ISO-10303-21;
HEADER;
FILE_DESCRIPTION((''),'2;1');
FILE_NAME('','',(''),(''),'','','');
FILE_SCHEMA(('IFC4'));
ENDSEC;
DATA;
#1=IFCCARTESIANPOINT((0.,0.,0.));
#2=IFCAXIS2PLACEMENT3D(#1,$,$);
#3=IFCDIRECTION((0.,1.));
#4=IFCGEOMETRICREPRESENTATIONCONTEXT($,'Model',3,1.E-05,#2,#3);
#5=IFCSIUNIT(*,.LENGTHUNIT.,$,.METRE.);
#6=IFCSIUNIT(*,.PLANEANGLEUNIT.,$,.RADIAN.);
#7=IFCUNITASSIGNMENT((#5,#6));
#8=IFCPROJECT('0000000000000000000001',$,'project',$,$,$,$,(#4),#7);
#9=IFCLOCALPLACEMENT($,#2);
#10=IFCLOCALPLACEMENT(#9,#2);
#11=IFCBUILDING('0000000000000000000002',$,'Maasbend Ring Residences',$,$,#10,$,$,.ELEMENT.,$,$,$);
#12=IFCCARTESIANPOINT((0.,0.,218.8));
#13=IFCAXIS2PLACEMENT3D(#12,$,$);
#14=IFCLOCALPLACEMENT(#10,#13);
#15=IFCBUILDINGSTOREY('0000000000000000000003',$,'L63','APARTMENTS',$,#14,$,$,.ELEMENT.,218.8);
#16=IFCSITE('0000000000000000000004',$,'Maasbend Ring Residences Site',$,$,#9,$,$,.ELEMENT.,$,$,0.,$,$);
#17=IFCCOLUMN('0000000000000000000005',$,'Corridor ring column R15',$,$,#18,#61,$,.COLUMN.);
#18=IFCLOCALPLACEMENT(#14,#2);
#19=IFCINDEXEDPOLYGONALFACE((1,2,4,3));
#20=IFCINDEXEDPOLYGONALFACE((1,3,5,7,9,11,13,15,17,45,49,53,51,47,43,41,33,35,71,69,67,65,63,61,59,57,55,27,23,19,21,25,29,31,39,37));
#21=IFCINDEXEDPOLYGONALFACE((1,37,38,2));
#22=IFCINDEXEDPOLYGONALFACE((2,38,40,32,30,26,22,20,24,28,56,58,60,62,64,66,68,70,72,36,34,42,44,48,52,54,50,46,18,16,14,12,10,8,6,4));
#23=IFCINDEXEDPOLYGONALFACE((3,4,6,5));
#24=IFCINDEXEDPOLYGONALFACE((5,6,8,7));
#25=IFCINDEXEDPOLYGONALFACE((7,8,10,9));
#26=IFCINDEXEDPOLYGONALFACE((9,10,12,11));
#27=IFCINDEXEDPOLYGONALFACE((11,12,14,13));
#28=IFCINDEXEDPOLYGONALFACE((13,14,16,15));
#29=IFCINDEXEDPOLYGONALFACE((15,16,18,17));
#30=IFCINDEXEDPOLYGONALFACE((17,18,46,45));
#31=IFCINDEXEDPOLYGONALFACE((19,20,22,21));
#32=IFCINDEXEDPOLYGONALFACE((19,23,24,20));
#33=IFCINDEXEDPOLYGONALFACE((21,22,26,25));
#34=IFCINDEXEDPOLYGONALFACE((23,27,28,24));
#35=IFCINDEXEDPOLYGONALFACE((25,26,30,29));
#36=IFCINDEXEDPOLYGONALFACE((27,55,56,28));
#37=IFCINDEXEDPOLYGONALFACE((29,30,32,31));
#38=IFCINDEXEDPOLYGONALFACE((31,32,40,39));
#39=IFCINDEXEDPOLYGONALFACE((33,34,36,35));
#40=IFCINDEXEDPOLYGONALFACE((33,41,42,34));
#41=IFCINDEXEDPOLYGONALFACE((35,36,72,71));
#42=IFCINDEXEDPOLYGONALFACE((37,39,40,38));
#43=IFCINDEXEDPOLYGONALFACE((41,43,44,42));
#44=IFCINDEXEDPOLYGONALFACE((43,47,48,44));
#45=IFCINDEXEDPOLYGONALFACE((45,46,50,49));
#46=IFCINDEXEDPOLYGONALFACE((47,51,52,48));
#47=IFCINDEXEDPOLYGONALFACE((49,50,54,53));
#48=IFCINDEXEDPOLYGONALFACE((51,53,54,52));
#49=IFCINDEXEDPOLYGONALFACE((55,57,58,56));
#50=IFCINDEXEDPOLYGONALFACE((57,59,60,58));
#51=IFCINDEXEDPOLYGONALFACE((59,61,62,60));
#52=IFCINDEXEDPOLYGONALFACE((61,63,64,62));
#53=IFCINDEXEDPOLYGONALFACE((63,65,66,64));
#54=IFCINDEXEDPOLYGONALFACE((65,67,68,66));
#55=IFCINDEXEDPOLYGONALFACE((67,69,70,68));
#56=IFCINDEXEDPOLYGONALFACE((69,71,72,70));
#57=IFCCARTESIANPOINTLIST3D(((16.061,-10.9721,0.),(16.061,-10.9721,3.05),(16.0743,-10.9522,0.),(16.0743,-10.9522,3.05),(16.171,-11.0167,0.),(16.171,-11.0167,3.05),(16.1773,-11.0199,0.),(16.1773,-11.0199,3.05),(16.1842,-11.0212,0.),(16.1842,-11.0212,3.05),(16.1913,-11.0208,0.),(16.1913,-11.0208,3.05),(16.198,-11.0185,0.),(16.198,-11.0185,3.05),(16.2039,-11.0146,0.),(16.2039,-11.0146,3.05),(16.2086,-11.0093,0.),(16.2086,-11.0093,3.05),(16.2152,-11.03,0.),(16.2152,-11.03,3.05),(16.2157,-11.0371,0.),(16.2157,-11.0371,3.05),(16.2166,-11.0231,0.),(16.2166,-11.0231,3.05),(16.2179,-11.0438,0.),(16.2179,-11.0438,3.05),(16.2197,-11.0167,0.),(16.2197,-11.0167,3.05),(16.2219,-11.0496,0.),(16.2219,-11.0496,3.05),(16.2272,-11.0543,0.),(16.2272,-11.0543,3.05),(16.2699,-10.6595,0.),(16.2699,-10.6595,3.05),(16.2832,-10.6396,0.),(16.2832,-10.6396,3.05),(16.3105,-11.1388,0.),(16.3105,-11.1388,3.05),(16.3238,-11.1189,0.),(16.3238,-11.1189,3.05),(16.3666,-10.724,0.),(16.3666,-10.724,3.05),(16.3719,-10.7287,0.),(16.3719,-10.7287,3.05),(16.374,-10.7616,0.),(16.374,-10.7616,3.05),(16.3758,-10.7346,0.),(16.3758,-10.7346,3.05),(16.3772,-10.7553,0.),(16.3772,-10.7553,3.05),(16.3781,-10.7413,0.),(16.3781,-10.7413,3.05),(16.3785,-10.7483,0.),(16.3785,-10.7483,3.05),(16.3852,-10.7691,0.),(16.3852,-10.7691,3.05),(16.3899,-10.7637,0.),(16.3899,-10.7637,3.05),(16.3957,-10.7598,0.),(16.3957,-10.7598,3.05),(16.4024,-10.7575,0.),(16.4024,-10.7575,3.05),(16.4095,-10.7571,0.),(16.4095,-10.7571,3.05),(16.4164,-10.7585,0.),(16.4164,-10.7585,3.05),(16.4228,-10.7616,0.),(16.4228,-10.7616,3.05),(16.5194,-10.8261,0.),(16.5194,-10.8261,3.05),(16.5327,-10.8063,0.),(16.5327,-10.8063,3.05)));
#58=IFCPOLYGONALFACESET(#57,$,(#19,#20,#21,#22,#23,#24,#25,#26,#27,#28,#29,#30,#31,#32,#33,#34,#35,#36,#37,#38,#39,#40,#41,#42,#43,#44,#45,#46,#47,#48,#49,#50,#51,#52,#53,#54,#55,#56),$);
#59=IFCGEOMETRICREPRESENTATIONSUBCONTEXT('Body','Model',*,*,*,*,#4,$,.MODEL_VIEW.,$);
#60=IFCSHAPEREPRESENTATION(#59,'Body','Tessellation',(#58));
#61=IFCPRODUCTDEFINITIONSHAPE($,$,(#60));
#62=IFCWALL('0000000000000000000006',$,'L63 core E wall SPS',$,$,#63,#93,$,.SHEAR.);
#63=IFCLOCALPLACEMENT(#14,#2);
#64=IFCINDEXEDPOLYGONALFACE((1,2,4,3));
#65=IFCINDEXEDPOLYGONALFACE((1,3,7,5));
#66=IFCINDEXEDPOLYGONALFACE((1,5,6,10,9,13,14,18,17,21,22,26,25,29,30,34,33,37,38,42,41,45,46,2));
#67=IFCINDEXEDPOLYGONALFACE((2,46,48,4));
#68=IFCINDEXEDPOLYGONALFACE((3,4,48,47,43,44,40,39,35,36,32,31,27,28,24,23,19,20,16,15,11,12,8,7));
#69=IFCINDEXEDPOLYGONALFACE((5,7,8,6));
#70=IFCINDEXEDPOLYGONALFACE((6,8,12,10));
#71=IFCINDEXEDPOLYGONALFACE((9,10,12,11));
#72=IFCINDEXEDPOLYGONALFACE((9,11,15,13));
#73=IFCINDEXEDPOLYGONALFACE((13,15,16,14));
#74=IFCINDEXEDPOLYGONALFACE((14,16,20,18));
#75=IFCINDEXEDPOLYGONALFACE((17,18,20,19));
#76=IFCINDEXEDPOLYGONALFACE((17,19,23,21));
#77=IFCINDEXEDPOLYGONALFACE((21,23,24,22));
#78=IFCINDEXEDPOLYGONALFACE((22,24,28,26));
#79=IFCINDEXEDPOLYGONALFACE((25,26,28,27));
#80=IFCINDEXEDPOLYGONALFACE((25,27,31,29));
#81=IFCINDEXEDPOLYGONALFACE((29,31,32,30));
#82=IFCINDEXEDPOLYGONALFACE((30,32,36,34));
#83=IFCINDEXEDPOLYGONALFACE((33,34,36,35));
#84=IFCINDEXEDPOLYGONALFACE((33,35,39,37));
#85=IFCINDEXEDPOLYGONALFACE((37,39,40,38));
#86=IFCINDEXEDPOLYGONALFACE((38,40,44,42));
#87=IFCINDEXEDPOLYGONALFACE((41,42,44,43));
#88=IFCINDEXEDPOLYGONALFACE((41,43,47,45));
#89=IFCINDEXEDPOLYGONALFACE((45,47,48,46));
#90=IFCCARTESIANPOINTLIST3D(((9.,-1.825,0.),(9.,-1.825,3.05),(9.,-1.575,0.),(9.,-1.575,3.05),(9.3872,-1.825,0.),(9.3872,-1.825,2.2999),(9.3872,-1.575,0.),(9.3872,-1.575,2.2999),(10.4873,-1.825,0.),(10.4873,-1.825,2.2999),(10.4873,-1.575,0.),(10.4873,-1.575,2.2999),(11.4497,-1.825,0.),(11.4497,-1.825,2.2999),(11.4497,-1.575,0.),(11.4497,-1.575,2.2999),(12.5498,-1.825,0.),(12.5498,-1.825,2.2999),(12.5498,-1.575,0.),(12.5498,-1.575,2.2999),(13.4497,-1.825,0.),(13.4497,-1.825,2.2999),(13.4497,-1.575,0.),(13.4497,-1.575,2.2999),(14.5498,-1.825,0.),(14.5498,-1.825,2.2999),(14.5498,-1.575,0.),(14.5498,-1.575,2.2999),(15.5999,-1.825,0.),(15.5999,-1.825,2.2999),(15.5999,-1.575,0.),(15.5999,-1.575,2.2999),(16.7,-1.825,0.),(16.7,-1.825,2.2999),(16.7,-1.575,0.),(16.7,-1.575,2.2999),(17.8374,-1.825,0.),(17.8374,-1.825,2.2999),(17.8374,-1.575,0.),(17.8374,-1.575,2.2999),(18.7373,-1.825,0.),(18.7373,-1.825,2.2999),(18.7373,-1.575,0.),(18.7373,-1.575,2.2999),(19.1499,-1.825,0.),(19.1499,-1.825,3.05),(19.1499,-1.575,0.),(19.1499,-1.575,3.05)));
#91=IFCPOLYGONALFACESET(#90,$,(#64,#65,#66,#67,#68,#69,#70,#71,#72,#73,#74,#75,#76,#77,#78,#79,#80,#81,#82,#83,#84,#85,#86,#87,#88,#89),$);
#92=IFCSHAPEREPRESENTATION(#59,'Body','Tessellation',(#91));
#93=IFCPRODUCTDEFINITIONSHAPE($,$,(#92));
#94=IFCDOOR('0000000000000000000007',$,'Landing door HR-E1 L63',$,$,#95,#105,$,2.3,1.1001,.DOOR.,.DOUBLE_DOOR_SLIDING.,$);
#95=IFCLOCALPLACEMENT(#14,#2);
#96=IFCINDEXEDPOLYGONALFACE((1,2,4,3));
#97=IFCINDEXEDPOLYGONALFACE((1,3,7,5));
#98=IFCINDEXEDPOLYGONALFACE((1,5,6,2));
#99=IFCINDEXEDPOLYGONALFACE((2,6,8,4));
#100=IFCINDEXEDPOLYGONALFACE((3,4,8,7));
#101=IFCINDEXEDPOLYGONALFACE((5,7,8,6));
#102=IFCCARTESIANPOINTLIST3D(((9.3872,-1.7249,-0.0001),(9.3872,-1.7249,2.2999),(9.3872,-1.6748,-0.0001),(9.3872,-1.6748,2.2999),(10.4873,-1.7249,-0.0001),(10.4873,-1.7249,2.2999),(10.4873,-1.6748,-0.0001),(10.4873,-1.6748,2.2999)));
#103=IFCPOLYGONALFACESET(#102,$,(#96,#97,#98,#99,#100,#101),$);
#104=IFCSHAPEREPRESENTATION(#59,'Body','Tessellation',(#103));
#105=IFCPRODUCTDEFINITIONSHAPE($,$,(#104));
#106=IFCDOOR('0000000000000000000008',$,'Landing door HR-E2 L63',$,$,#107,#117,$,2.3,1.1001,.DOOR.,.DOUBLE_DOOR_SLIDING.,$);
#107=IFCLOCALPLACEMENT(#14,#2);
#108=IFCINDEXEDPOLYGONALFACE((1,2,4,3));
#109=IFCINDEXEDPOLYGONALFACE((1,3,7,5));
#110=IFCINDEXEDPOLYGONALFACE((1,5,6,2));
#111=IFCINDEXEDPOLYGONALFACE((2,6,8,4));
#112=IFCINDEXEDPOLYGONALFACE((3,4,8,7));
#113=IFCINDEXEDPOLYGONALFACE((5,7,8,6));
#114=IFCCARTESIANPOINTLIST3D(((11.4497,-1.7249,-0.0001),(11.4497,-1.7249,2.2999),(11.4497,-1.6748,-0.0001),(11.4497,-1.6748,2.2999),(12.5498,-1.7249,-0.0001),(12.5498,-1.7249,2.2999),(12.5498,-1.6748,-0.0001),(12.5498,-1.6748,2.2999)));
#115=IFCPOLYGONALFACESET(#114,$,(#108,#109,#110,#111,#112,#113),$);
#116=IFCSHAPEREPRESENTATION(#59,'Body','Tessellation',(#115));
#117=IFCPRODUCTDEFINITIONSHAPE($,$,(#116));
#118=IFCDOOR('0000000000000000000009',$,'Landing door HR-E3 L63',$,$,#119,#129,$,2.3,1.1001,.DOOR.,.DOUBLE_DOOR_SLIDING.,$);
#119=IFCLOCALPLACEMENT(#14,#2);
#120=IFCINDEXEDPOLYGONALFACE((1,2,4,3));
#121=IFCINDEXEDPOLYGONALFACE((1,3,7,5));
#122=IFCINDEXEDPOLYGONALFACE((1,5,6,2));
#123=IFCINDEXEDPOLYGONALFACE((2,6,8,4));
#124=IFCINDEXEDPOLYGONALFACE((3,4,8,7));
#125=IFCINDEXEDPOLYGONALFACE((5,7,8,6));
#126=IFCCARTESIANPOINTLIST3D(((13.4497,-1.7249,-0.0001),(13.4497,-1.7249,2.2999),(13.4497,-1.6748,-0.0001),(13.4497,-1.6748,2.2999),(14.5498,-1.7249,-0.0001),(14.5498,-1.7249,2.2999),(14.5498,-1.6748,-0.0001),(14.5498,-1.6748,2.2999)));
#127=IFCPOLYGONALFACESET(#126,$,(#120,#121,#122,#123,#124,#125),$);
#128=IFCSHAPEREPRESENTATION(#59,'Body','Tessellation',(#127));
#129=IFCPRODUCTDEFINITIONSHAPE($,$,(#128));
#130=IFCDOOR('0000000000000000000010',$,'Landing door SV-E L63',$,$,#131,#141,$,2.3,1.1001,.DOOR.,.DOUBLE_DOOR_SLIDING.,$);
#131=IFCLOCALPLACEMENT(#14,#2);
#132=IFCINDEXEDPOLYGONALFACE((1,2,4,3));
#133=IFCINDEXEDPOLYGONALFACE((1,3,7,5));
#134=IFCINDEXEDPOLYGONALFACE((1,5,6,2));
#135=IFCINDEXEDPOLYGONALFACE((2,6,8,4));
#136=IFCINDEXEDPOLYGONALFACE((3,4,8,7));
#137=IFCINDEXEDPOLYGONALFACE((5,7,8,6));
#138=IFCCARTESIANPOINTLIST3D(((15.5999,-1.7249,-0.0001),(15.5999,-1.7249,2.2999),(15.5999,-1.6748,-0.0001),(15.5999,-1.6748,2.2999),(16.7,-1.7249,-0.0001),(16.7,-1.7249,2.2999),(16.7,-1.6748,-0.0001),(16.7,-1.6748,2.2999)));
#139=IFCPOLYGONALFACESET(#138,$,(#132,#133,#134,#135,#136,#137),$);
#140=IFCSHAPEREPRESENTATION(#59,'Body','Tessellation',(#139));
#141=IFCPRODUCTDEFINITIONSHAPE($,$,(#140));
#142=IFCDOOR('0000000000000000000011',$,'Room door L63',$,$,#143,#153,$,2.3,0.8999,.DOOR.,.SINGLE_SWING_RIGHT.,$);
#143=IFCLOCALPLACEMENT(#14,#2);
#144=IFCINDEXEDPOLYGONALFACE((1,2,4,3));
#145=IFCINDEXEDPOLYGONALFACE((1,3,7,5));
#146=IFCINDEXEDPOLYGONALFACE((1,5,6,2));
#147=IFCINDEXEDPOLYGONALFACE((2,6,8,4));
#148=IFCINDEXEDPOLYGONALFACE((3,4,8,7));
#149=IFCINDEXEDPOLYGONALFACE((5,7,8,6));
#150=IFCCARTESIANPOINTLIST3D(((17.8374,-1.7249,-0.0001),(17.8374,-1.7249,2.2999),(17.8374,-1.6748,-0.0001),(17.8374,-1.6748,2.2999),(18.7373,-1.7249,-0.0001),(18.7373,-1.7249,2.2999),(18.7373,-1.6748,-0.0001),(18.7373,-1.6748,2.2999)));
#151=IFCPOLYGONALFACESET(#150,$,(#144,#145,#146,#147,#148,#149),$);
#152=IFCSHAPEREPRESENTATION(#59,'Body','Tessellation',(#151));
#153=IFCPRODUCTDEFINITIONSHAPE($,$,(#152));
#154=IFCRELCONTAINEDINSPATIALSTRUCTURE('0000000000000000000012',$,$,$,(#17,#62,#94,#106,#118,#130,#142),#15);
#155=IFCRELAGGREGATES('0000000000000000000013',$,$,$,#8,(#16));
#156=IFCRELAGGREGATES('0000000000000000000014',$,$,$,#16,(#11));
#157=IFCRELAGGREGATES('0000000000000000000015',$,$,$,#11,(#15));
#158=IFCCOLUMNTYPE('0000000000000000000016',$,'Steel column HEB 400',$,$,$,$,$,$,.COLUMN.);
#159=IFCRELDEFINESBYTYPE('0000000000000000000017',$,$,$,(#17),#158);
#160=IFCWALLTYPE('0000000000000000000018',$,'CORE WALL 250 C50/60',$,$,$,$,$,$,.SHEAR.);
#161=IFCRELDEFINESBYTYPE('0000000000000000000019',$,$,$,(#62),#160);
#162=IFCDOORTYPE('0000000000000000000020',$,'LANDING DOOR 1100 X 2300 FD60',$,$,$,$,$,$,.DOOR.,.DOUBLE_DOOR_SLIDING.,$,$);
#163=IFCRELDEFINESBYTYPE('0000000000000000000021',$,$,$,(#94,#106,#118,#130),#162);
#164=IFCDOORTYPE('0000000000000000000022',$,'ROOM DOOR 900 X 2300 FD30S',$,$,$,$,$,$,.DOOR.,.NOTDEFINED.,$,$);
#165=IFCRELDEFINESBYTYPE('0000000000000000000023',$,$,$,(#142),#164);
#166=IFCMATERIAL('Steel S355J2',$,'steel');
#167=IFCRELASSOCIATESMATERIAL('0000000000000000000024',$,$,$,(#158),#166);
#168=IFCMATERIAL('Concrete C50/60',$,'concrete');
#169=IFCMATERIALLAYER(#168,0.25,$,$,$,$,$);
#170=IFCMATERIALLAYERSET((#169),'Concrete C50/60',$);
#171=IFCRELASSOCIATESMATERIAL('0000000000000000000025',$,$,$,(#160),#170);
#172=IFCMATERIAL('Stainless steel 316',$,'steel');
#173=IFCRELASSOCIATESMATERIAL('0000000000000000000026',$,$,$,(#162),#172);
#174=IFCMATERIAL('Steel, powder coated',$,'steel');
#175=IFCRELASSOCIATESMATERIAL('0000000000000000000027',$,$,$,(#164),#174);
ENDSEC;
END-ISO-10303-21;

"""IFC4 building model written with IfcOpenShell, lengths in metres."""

from ifc_helpers import new_model, si_unit, direction, frame, frame_2d, origin, origin_2d, place, context, subcontext, project, spatial, rectangle, i_section, extrude, material, layer, layer_set, material_profile, profile_set, type_object, element, fill, save


model = new_model("IFC4")

# Units and contexts
model_context = context("Model", 3, precision=1e-05, world=origin(), true_north=direction((0.0, 1.0)))
body_context = subcontext(model_context, "Body", "Model", "MODEL_VIEW")
ifc_project = project(units=[si_unit("LENGTHUNIT", "METRE"), si_unit("PLANEANGLEUNIT", "RADIAN")], contexts=[model_context])

# Site, building, storey
site_placement = place(None, origin())
site = spatial("IfcSite", under=ifc_project, at=site_placement, Name="Maasbend Ring Residences Site", CompositionType="ELEMENT", RefElevation=0.0)
building_placement = place(site_placement, origin())
building = spatial("IfcBuilding", under=site, at=building_placement, Name="Maasbend Ring Residences", CompositionType="ELEMENT")
storey_placement = place(building_placement, frame((0.0, 0.0, 218.8)))
storey = spatial("IfcBuildingStorey", under=building, at=storey_placement, Name="L63", Description="APARTMENTS", CompositionType="ELEMENT", Elevation=218.8)

# Column
ifc_material_1 = material(Name="Steel S355J2", Category="steel")
ifc_material_profile = material_profile(ifc_material_1, i_section(OverallWidth=0.3, OverallDepth=0.3999, WebThickness=0.0134, FlangeThickness=0.0239, FilletRadius=0.0271, at=origin_2d()), Name="HEB 400")
ifc_profile_set = profile_set([ifc_material_profile], Name="Steel S355J2")
column_type = type_object("IfcColumnType", Name="Steel column HEB 400", PredefinedType="COLUMN", material=ifc_profile_set)
column_placement = place(storey_placement, frame((16.2969, -10.8892, 0.0), z_axis=(0.0, 0.0, 1.0), x_axis=(0.83147, -0.55557, 0.0)))
element("IfcColumn", 1, at=column_placement, inside=storey, type_object=column_type, Name="Corridor ring column R15", PredefinedType="COLUMN", context=body_context, shape_type="SweptSolid", body=[
    extrude(i_section(OverallWidth=0.3, OverallDepth=0.3999, WebThickness=0.0134, FlangeThickness=0.0239, FilletRadius=0.0271, at=origin_2d()), origin(), (0.0, 0.0, 1.0), 3.05),
])

# Wall, openings, doors
ifc_material_2 = material(Name="Concrete C50/60", Category="concrete")
ifc_layer_1 = layer(ifc_material_2, 0.25)
ifc_layer_set_1 = layer_set([ifc_layer_1], Name="Concrete C50/60")
wall_type_1 = type_object("IfcWallType", Name="CORE WALL 250 C50/60", PredefinedType="SHEAR", material=ifc_layer_set_1)
wall_1_placement = place(storey_placement, frame((19.1499, -1.7, 0.0), z_axis=(0.0, 0.0, 1.0), x_axis=(-1.0, 0.0, 0.0)))
wall_1 = element("IfcWall", 2, at=wall_1_placement, inside=storey, type_object=wall_type_1, Name="L63 core E wall SPS", PredefinedType="SHEAR", context=body_context, shape_type="SweptSolid", body=[
    extrude(rectangle(XDim=10.1499, YDim=0.25, at=frame_2d((5.075, 0.0))), origin(), (0.0, 0.0, 1.0), 3.05),
])
opening_1_placement = place(wall_1_placement, frame((8.6626, 0.0, 0.0)))
opening_1 = element("IfcOpeningElement", 3, at=opening_1_placement, cuts=wall_1, PredefinedType="OPENING", context=body_context, shape_type="SweptSolid", body=[
    extrude(rectangle(XDim=1.1001, YDim=2.3, at=frame_2d((0.55, 1.1499))), frame((0.0, 0.135, 0.0), z_axis=(0.0, -1.0, 0.0), x_axis=(1.0, 0.0, 0.0)), (0.0, 0.0, 1.0), 0.27),
])
opening_2_placement = place(wall_1_placement, frame((6.6001, 0.0, 0.0)))
opening_2 = element("IfcOpeningElement", 4, at=opening_2_placement, cuts=wall_1, PredefinedType="OPENING", context=body_context, shape_type="SweptSolid", body=[
    extrude(rectangle(XDim=1.1001, YDim=2.3, at=frame_2d((0.55, 1.1499))), frame((0.0, 0.135, 0.0), z_axis=(0.0, -1.0, 0.0), x_axis=(1.0, 0.0, 0.0)), (0.0, 0.0, 1.0), 0.27),
])
opening_3_placement = place(wall_1_placement, frame((4.6001, 0.0, 0.0)))
opening_3 = element("IfcOpeningElement", 5, at=opening_3_placement, cuts=wall_1, PredefinedType="OPENING", context=body_context, shape_type="SweptSolid", body=[
    extrude(rectangle(XDim=1.1001, YDim=2.3, at=frame_2d((0.55, 1.1499))), frame((0.0, 0.135, 0.0), z_axis=(0.0, -1.0, 0.0), x_axis=(1.0, 0.0, 0.0)), (0.0, 0.0, 1.0), 0.27),
])
opening_4_placement = place(wall_1_placement, frame((2.45, 0.0, 0.0)))
opening_4 = element("IfcOpeningElement", 6, at=opening_4_placement, cuts=wall_1, PredefinedType="OPENING", context=body_context, shape_type="SweptSolid", body=[
    extrude(rectangle(XDim=1.1001, YDim=2.3, at=frame_2d((0.55, 1.1499))), frame((0.0, 0.135, 0.0), z_axis=(0.0, -1.0, 0.0), x_axis=(1.0, 0.0, 0.0)), (0.0, 0.0, 1.0), 0.27),
])
opening_5_placement = place(wall_1_placement, frame((0.4126, 0.0, 0.0)))
opening_5 = element("IfcOpeningElement", 7, at=opening_5_placement, cuts=wall_1, PredefinedType="OPENING", context=body_context, shape_type="SweptSolid", body=[
    extrude(rectangle(XDim=0.8999, YDim=2.3, at=frame_2d((0.45, 1.1499))), frame((0.0, 0.135, 0.0), z_axis=(0.0, -1.0, 0.0), x_axis=(1.0, 0.0, 0.0)), (0.0, 0.0, 1.0), 0.27),
])
ifc_material_3 = material(Name="Stainless steel 316", Category="steel")
door_type_1 = type_object("IfcDoorType", Name="LANDING DOOR 1100 X 2300 FD60", OperationType="DOUBLE_DOOR_SLIDING", PredefinedType="DOOR", material=ifc_material_3)
door_1_placement = place(opening_1_placement, origin())
door_1 = element("IfcDoor", 8, at=door_1_placement, inside=storey, type_object=door_type_1, Name="Landing door HR-E1 L63", OperationType="DOUBLE_DOOR_SLIDING", OverallHeight=2.3, OverallWidth=1.1001, PredefinedType="DOOR", context=body_context, shape_type="SweptSolid", body=[
    extrude(rectangle(XDim=1.1001, YDim=2.3, at=frame_2d((0.55, 1.1499))), frame((0.0, 0.0249, 0.0), z_axis=(0.0, -1.0, 0.0), x_axis=(1.0, 0.0, 0.0)), (0.0, 0.0, 1.0), 0.05),
])
fill(opening_1, door_1)
door_2_placement = place(opening_2_placement, origin())
door_2 = element("IfcDoor", 9, at=door_2_placement, inside=storey, type_object=door_type_1, Name="Landing door HR-E2 L63", OperationType="DOUBLE_DOOR_SLIDING", OverallHeight=2.3, OverallWidth=1.1001, PredefinedType="DOOR", context=body_context, shape_type="SweptSolid", body=[
    extrude(rectangle(XDim=1.1001, YDim=2.3, at=frame_2d((0.55, 1.1499))), frame((0.0, 0.0249, 0.0), z_axis=(0.0, -1.0, 0.0), x_axis=(1.0, 0.0, 0.0)), (0.0, 0.0, 1.0), 0.05),
])
fill(opening_2, door_2)
door_3_placement = place(opening_3_placement, origin())
door_3 = element("IfcDoor", 10, at=door_3_placement, inside=storey, type_object=door_type_1, Name="Landing door HR-E3 L63", OperationType="DOUBLE_DOOR_SLIDING", OverallHeight=2.3, OverallWidth=1.1001, PredefinedType="DOOR", context=body_context, shape_type="SweptSolid", body=[
    extrude(rectangle(XDim=1.1001, YDim=2.3, at=frame_2d((0.55, 1.1499))), frame((0.0, 0.0249, 0.0), z_axis=(0.0, -1.0, 0.0), x_axis=(1.0, 0.0, 0.0)), (0.0, 0.0, 1.0), 0.05),
])
fill(opening_3, door_3)
door_4_placement = place(opening_4_placement, origin())
door_4 = element("IfcDoor", 11, at=door_4_placement, inside=storey, type_object=door_type_1, Name="Landing door SV-E L63", OperationType="DOUBLE_DOOR_SLIDING", OverallHeight=2.3, OverallWidth=1.1001, PredefinedType="DOOR", context=body_context, shape_type="SweptSolid", body=[
    extrude(rectangle(XDim=1.1001, YDim=2.3, at=frame_2d((0.55, 1.1499))), frame((0.0, 0.0249, 0.0), z_axis=(0.0, -1.0, 0.0), x_axis=(1.0, 0.0, 0.0)), (0.0, 0.0, 1.0), 0.05),
])
fill(opening_4, door_4)
ifc_material_4 = material(Name="Steel, powder coated", Category="steel")
door_type_2 = type_object("IfcDoorType", Name="ROOM DOOR 900 X 2300 FD30S", OperationType="NOTDEFINED", PredefinedType="DOOR", material=ifc_material_4)
door_5_placement = place(opening_5_placement, origin())
door_5 = element("IfcDoor", 12, at=door_5_placement, inside=storey, type_object=door_type_2, Name="Room door L63", OperationType="SINGLE_SWING_RIGHT", OverallHeight=2.3, OverallWidth=0.8999, PredefinedType="DOOR", context=body_context, shape_type="SweptSolid", body=[
    extrude(rectangle(XDim=0.8999, YDim=2.3, at=frame_2d((0.45, 1.1499))), frame((0.0, 0.0249, 0.0), z_axis=(0.0, -1.0, 0.0), x_axis=(1.0, 0.0, 0.0)), (0.0, 0.0, 1.0), 0.05),
])
fill(opening_5, door_5)

save(model, "model.ifc")
